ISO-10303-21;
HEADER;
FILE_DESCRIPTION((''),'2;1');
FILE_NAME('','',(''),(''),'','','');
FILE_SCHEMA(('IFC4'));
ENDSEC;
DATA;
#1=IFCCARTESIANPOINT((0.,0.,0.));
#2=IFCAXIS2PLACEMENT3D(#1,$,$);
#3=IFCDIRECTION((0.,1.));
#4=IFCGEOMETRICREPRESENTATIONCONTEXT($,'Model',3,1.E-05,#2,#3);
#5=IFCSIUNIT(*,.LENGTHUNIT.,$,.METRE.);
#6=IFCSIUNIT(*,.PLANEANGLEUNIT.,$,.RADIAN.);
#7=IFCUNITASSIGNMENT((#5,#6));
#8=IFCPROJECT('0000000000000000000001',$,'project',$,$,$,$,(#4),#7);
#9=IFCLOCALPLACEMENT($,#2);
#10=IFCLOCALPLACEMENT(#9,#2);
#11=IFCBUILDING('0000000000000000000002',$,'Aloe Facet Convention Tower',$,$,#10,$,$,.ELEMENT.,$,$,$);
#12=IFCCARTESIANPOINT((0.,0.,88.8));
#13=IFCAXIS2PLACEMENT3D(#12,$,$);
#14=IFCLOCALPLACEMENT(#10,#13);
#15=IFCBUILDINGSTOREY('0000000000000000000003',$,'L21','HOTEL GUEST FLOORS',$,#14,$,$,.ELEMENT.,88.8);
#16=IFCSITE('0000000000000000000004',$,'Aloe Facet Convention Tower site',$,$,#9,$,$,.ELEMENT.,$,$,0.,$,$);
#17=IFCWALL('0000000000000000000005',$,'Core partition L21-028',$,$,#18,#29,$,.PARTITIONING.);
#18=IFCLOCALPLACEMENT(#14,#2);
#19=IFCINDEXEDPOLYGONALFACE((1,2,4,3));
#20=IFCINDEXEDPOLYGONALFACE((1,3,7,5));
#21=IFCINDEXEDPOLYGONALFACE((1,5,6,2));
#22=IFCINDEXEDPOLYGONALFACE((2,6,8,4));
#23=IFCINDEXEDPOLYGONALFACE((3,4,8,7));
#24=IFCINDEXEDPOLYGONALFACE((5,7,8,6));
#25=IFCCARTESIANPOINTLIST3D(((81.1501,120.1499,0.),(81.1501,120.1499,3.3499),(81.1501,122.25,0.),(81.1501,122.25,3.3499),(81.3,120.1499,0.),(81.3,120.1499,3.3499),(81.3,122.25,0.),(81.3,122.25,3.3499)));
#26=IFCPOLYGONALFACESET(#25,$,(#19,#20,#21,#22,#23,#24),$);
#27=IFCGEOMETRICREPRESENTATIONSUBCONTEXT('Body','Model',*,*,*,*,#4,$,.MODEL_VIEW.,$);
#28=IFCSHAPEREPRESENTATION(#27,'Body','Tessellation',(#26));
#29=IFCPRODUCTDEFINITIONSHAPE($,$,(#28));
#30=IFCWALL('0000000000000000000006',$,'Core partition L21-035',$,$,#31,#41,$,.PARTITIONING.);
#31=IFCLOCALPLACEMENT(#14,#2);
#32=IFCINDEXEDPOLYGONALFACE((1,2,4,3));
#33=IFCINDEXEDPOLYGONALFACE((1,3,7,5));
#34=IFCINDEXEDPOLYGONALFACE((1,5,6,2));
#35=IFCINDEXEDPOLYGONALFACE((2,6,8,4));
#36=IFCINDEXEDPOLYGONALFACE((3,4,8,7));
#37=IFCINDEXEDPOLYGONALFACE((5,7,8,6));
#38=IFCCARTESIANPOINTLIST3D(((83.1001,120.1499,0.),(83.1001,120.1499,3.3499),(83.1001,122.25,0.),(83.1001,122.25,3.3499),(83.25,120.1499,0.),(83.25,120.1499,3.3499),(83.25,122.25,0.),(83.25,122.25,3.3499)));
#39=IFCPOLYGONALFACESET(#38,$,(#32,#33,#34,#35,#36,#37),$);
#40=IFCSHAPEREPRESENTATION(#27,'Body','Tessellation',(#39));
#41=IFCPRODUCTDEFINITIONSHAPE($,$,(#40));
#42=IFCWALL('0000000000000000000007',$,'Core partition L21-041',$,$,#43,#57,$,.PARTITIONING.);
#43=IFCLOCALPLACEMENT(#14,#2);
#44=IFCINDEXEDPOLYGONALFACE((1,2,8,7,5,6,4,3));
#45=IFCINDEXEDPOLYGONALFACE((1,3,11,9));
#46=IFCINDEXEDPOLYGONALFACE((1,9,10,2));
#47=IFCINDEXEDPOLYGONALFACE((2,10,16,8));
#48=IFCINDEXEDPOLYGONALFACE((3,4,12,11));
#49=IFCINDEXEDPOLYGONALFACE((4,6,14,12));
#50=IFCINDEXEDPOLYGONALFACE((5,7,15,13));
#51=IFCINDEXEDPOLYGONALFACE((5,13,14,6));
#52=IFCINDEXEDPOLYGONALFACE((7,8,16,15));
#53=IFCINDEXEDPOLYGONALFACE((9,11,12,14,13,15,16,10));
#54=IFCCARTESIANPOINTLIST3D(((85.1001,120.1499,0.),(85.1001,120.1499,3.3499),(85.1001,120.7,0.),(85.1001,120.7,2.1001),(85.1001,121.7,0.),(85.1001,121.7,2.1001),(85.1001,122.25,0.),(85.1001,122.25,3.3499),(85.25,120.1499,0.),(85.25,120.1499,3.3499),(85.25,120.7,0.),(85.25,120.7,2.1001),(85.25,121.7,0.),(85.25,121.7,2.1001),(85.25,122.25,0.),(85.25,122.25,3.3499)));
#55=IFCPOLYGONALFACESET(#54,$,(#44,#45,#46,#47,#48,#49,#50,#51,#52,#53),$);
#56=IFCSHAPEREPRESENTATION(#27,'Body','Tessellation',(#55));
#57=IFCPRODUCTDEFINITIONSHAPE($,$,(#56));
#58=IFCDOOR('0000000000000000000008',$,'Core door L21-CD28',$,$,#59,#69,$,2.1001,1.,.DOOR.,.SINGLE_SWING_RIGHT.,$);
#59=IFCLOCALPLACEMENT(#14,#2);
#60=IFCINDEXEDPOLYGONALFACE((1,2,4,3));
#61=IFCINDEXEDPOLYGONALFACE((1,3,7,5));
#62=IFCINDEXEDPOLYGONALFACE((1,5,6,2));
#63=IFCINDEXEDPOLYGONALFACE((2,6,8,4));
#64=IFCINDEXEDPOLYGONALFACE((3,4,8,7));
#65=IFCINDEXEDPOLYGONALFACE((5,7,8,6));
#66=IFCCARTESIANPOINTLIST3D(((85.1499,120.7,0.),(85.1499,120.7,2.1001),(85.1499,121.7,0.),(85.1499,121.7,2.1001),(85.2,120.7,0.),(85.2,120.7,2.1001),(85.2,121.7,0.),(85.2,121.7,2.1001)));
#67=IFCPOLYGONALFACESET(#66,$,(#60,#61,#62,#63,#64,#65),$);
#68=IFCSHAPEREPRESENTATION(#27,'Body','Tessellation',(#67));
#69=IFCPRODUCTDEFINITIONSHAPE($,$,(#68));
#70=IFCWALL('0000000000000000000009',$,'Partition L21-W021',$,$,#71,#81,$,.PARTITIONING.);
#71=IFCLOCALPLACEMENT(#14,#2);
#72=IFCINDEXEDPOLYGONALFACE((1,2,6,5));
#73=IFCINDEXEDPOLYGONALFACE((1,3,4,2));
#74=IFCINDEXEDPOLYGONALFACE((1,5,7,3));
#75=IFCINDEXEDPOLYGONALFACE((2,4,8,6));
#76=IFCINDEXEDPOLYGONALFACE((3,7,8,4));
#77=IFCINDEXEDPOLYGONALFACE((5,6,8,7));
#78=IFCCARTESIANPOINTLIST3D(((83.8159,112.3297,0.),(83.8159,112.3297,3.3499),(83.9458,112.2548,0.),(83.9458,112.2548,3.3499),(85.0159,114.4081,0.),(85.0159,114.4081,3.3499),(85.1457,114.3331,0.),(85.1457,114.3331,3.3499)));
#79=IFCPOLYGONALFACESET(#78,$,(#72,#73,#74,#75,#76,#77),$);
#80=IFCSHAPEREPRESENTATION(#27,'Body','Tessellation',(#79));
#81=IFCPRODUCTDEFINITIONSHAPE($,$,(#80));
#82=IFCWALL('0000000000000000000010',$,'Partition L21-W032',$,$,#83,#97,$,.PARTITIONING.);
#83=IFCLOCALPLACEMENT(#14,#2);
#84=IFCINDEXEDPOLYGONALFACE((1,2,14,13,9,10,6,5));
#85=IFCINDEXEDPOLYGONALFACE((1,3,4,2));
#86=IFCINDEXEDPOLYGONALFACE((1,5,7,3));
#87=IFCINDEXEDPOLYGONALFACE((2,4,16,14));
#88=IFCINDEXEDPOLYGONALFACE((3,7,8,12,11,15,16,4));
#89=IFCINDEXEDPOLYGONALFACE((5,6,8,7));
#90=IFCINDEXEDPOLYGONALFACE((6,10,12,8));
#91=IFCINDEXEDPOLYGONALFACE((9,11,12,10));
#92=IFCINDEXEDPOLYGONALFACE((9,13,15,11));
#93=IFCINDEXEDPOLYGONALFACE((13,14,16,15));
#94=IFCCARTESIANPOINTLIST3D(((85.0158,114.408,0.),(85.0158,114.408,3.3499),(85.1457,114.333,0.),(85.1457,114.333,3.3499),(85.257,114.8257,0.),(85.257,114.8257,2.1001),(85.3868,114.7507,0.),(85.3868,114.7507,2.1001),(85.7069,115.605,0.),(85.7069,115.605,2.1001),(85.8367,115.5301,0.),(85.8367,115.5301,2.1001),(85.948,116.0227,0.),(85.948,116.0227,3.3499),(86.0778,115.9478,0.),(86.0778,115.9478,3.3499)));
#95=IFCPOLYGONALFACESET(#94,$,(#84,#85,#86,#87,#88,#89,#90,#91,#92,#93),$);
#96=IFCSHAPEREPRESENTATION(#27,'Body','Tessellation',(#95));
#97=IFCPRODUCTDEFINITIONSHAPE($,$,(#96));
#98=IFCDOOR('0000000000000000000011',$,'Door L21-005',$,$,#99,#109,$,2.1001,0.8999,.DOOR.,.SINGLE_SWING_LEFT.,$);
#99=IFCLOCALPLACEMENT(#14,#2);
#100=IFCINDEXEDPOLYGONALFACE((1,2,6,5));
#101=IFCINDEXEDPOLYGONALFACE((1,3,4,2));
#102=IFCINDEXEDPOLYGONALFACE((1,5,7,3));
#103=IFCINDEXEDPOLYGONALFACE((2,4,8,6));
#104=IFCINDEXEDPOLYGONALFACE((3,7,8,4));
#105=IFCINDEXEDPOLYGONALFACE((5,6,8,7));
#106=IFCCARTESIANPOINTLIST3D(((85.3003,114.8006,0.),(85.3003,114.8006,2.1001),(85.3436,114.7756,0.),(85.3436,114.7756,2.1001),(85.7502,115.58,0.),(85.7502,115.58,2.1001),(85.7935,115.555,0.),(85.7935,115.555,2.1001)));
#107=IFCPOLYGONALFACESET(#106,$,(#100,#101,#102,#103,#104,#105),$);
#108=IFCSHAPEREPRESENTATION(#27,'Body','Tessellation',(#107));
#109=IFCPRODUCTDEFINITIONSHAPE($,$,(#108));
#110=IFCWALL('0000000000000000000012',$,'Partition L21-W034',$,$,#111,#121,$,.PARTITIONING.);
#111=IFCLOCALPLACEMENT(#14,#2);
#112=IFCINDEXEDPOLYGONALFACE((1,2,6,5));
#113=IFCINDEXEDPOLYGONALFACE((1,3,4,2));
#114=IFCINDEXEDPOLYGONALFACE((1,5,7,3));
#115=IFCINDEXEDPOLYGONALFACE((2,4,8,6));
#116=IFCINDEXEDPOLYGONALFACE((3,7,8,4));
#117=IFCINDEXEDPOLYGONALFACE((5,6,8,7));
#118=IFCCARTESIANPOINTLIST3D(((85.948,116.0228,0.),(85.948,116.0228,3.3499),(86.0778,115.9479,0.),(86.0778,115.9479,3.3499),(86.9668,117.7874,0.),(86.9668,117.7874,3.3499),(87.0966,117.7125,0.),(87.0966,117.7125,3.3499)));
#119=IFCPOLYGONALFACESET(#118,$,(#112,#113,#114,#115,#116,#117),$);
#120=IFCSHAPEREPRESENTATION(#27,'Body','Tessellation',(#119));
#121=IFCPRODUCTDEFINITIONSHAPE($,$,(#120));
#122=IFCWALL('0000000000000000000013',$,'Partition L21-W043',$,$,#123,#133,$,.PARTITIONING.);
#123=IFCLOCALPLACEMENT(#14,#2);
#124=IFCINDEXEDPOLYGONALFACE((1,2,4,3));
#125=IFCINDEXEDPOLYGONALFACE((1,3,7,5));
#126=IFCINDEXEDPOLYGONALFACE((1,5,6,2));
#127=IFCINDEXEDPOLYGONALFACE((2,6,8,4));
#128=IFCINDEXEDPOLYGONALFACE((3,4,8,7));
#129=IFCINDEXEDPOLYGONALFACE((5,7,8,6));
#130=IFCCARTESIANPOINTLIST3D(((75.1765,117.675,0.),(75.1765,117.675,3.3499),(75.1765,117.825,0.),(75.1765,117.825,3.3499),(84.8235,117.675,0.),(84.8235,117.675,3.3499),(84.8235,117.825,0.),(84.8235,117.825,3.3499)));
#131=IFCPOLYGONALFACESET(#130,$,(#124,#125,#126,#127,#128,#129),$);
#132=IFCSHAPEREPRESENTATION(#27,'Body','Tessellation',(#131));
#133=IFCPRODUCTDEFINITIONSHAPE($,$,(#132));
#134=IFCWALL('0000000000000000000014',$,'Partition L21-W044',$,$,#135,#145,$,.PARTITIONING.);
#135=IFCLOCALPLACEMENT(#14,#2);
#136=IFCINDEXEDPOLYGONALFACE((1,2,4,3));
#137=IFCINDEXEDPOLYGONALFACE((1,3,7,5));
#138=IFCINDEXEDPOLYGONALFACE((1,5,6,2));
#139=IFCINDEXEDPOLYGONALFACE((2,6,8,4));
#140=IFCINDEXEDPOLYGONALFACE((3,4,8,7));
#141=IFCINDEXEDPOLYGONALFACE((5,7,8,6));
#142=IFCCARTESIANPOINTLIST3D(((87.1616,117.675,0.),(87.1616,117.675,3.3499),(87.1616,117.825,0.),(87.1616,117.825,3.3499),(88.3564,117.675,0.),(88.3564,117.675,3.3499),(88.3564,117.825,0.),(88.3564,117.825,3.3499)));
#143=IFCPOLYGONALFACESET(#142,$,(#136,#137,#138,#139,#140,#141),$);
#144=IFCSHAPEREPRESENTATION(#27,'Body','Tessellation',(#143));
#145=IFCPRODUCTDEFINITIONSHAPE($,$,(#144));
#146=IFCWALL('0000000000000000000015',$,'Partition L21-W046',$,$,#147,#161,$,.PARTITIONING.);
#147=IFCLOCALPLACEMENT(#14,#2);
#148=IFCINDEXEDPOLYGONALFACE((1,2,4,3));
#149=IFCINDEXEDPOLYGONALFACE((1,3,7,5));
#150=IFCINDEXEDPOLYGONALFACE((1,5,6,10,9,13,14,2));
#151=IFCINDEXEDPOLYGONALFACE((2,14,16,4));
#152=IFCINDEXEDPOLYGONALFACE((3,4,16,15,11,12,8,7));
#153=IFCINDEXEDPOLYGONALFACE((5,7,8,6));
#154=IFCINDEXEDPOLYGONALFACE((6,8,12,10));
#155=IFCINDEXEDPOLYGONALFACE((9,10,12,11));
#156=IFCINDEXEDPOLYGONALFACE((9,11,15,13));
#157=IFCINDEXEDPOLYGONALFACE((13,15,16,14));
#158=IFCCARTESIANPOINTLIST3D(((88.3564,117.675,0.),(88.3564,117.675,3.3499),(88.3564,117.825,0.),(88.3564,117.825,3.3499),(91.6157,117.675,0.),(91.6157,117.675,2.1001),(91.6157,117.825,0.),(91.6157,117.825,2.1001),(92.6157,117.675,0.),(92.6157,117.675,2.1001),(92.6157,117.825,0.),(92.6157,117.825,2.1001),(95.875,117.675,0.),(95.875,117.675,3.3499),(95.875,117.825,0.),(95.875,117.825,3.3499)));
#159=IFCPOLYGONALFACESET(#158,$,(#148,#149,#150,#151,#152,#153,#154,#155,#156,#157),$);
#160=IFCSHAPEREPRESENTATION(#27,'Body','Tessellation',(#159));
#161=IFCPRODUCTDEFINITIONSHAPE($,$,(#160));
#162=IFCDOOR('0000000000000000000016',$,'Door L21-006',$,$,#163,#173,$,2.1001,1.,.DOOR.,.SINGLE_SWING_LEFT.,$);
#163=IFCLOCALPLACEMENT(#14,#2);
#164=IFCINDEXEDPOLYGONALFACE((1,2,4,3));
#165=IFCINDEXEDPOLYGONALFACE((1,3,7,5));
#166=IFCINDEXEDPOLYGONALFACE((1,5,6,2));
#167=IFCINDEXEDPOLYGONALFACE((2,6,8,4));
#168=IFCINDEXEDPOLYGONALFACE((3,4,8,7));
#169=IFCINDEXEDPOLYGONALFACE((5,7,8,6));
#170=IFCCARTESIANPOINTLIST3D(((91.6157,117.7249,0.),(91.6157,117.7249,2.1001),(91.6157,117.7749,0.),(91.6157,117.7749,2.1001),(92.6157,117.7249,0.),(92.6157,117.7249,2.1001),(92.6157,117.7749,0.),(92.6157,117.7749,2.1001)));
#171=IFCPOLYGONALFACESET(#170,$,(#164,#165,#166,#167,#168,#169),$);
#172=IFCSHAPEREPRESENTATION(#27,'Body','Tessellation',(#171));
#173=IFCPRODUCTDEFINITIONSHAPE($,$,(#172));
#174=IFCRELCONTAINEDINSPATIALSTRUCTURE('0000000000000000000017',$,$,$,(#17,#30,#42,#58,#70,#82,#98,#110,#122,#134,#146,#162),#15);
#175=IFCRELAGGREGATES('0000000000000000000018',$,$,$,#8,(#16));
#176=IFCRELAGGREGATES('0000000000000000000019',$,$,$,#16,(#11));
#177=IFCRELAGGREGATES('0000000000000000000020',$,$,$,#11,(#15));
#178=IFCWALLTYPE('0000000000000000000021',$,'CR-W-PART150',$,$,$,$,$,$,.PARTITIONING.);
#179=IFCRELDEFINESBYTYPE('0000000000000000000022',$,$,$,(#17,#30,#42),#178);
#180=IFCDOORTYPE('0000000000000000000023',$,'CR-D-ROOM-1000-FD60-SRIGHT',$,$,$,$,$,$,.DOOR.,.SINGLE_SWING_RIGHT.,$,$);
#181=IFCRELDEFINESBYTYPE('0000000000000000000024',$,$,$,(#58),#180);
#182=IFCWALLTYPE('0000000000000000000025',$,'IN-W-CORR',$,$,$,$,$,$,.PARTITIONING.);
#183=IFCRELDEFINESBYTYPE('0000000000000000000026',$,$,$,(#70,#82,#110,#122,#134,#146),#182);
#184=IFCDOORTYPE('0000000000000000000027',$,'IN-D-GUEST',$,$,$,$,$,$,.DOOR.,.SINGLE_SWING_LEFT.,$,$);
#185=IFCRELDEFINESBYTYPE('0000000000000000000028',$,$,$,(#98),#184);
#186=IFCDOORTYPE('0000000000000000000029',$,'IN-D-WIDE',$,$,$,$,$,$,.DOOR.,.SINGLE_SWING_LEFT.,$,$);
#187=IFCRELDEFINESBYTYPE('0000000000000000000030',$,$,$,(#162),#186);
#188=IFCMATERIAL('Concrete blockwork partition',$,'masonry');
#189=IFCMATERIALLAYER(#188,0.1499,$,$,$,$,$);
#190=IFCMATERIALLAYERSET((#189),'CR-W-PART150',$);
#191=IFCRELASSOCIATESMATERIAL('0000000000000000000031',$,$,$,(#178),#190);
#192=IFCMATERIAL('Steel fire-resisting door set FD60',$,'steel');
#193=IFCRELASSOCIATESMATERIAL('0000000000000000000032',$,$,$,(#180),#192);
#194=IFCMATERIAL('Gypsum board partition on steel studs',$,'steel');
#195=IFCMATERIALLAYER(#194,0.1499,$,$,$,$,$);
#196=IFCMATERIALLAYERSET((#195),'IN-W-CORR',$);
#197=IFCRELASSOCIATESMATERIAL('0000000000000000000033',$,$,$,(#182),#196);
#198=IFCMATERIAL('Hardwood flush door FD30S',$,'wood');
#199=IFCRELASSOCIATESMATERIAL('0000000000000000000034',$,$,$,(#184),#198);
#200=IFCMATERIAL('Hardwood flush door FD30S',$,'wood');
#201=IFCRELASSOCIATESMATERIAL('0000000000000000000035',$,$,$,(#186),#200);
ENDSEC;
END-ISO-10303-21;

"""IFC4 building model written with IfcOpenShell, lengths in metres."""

from ifc_helpers import new_model, si_unit, direction, frame, frame_2d, origin, place, context, subcontext, project, spatial, rectangle, extrude, material, layer, layer_set, type_object, element, fill, save


model = new_model("IFC4")

# Units and contexts
model_context = context("Model", 3, precision=1e-05, world=origin(), true_north=direction((0.0, 1.0)))
body_context = subcontext(model_context, "Body", "Model", "MODEL_VIEW")
ifc_project = project(units=[si_unit("LENGTHUNIT", "METRE"), si_unit("PLANEANGLEUNIT", "RADIAN")], contexts=[model_context])

# Site, building, storey
site_placement = place(None, origin())
site = spatial("IfcSite", under=ifc_project, at=site_placement, Name="Aloe Facet Convention Tower site", CompositionType="ELEMENT", RefElevation=0.0)
building_placement = place(site_placement, origin())
building = spatial("IfcBuilding", under=site, at=building_placement, Name="Aloe Facet Convention Tower", CompositionType="ELEMENT")
storey_placement = place(building_placement, frame((0.0, 0.0, 88.8)))
storey = spatial("IfcBuildingStorey", under=building, at=storey_placement, Name="L21", Description="HOTEL GUEST FLOORS", CompositionType="ELEMENT", Elevation=88.8)

# Walls
ifc_material_1 = material(Name="Concrete blockwork partition", Category="masonry")
ifc_layer_1 = layer(ifc_material_1, 0.1499)
ifc_layer_set_1 = layer_set([ifc_layer_1], Name="CR-W-PART150")
wall_type_1 = type_object("IfcWallType", Name="CR-W-PART150", PredefinedType="PARTITIONING", material=ifc_layer_set_1)
for number, where, z_axis, x_axis, name in (
    (1, (81.2251, 122.25, 0.0), (0.0, 0.0, 1.0), (0.0, -1.0, 0.0), "Core partition L21-028"),
    (2, (83.175, 122.25, 0.0), (0.0, 0.0, 1.0), (0.0, -1.0, 0.0), "Core partition L21-035"),
):
    element("IfcWall", number, at=place(storey_placement, frame(where, z_axis=z_axis, x_axis=x_axis)), inside=storey, type_object=wall_type_1, Name=name, PredefinedType="PARTITIONING", context=body_context, shape_type="SweptSolid", body=[
        extrude(rectangle(XDim=2.1001, YDim=0.1499, at=frame_2d((1.05, 0.0))), origin(), (0.0, 0.0, 1.0), 3.3499),
    ])

# Wall, opening, door
wall_1_placement = place(storey_placement, frame((85.175, 122.25, 0.0), z_axis=(0.0, 0.0, 1.0), x_axis=(0.0, -1.0, 0.0)))
wall_1 = element("IfcWall", 3, at=wall_1_placement, inside=storey, type_object=wall_type_1, Name="Core partition L21-041", PredefinedType="PARTITIONING", context=body_context, shape_type="SweptSolid", body=[
    extrude(rectangle(XDim=2.1001, YDim=0.1499, at=frame_2d((1.05, 0.0))), origin(), (0.0, 0.0, 1.0), 3.3499),
])
opening_1_placement = place(wall_1_placement, frame((0.55, 0.0, 0.0)))
opening_1 = element("IfcOpeningElement", 4, at=opening_1_placement, cuts=wall_1, PredefinedType="OPENING", context=body_context, shape_type="SweptSolid", body=[
    extrude(rectangle(XDim=1.0, YDim=2.1001, at=frame_2d((0.5, 1.05))), frame((0.0, 0.085, 0.0), z_axis=(0.0, -1.0, 0.0), x_axis=(1.0, 0.0, 0.0)), (0.0, 0.0, 1.0), 0.1699),
])
ifc_material_2 = material(Name="Steel fire-resisting door set FD60", Category="steel")
door_type_1 = type_object("IfcDoorType", Name="CR-D-ROOM-1000-FD60-SRIGHT", OperationType="SINGLE_SWING_RIGHT", PredefinedType="DOOR", material=ifc_material_2)
door_1_placement = place(opening_1_placement, origin())
door_1 = element("IfcDoor", 5, at=door_1_placement, inside=storey, type_object=door_type_1, Name="Core door L21-CD28", OperationType="SINGLE_SWING_RIGHT", OverallHeight=2.1001, OverallWidth=1.0, PredefinedType="DOOR", context=body_context, shape_type="SweptSolid", body=[
    extrude(rectangle(XDim=1.0, YDim=2.1001, at=frame_2d((0.5, 1.05))), frame((0.0, 0.0249, 0.0), z_axis=(0.0, -1.0, 0.0), x_axis=(1.0, 0.0, 0.0)), (0.0, 0.0, 1.0), 0.05),
])
fill(opening_1, door_1)

# Wall
ifc_material_3 = material(Name="Gypsum board partition on steel studs", Category="steel")
ifc_layer_2 = layer(ifc_material_3, 0.1499)
ifc_layer_set_2 = layer_set([ifc_layer_2], Name="IN-W-CORR")
wall_type_2 = type_object("IfcWallType", Name="IN-W-CORR", PredefinedType="PARTITIONING", material=ifc_layer_set_2)
wall_2_placement = place(storey_placement, frame((83.8809, 112.2922, 0.0), z_axis=(0.0, 0.0, 1.0), x_axis=(0.500001, 0.866025, 0.0)))
element("IfcWall", 6, at=wall_2_placement, inside=storey, type_object=wall_type_2, Name="Partition L21-W021", PredefinedType="PARTITIONING", context=body_context, shape_type="SweptSolid", body=[
    extrude(rectangle(XDim=2.3999, YDim=0.1499, at=frame_2d((1.2, 0.0))), origin(), (0.0, 0.0, 1.0), 3.3499),
])

# Wall, opening, door
wall_3_placement = place(storey_placement, frame((85.0808, 114.3706, 0.0), z_axis=(0.0, 0.0, 1.0), x_axis=(0.499942, 0.866059, 0.0)))
wall_3 = element("IfcWall", 7, at=wall_3_placement, inside=storey, type_object=wall_type_2, Name="Partition L21-W032", PredefinedType="PARTITIONING", context=body_context, shape_type="SweptSolid", body=[
    extrude(rectangle(XDim=1.8645, YDim=0.1499, at=frame_2d((0.9321, 0.0))), origin(), (0.0, 0.0, 1.0), 3.3499),
])
opening_2_placement = place(wall_3_placement, frame((0.4822, 0.0, 0.0)))
opening_2 = element("IfcOpeningElement", 8, at=opening_2_placement, cuts=wall_3, PredefinedType="OPENING", context=body_context, shape_type="SweptSolid", body=[
    extrude(rectangle(XDim=0.8999, YDim=2.1001, at=frame_2d((0.45, 1.05))), frame((0.0, 0.085, 0.0), z_axis=(0.0, -1.0, 0.0), x_axis=(1.0, 0.0, 0.0)), (0.0, 0.0, 1.0), 0.1699),
])
ifc_material_4 = material(Name="Hardwood flush door FD30S", Category="wood")
door_type_2 = type_object("IfcDoorType", Name="IN-D-GUEST", OperationType="SINGLE_SWING_LEFT", PredefinedType="DOOR", material=ifc_material_4)
door_2_placement = place(opening_2_placement, origin())
door_2 = element("IfcDoor", 9, at=door_2_placement, inside=storey, type_object=door_type_2, Name="Door L21-005", OperationType="SINGLE_SWING_LEFT", OverallHeight=2.1001, OverallWidth=0.8999, PredefinedType="DOOR", context=body_context, shape_type="SweptSolid", body=[
    extrude(rectangle(XDim=0.8999, YDim=2.1001, at=frame_2d((0.45, 1.05))), frame((0.0, 0.0249, 0.0), z_axis=(0.0, -1.0, 0.0), x_axis=(1.0, 0.0, 0.0)), (0.0, 0.0, 1.0), 0.05),
])
fill(opening_2, door_2)

# Walls
wall_4_placement = place(storey_placement, frame((86.0129, 115.9854, 0.0), z_axis=(0.0, 0.0, 1.0), x_axis=(0.499992, 0.86603, 0.0)))
element("IfcWall", 10, at=wall_4_placement, inside=storey, type_object=wall_type_2, Name="Partition L21-W034", PredefinedType="PARTITIONING", context=body_context, shape_type="SweptSolid", body=[
    extrude(rectangle(XDim=2.0376, YDim=0.1499, at=frame_2d((1.0188, 0.0))), origin(), (0.0, 0.0, 1.0), 3.3499),
])
wall_5_placement = place(storey_placement, frame((75.1765, 117.75, 0.0), z_axis=(0.0, 0.0, 1.0), x_axis=(1.0, 0.0, 0.0)))
element("IfcWall", 11, at=wall_5_placement, inside=storey, type_object=wall_type_2, Name="Partition L21-W043", PredefinedType="PARTITIONING", context=body_context, shape_type="SweptSolid", body=[
    extrude(rectangle(XDim=9.647, YDim=0.1499, at=frame_2d((4.8235, 0.0))), origin(), (0.0, 0.0, 1.0), 3.3499),
])
wall_6_placement = place(storey_placement, frame((87.1616, 117.75, 0.0), z_axis=(0.0, 0.0, 1.0), x_axis=(1.0, 0.0, 0.0)))
element("IfcWall", 12, at=wall_6_placement, inside=storey, type_object=wall_type_2, Name="Partition L21-W044", PredefinedType="PARTITIONING", context=body_context, shape_type="SweptSolid", body=[
    extrude(rectangle(XDim=1.1948, YDim=0.1499, at=frame_2d((0.5974, 0.0))), origin(), (0.0, 0.0, 1.0), 3.3499),
])

# Wall, opening, door
wall_7_placement = place(storey_placement, frame((88.3564, 117.75, 0.0), z_axis=(0.0, 0.0, 1.0), x_axis=(1.0, 0.0, 0.0)))
wall_7 = element("IfcWall", 13, at=wall_7_placement, inside=storey, type_object=wall_type_2, Name="Partition L21-W046", PredefinedType="PARTITIONING", context=body_context, shape_type="SweptSolid", body=[
    extrude(rectangle(XDim=7.5186, YDim=0.1499, at=frame_2d((3.7593, 0.0))), origin(), (0.0, 0.0, 1.0), 3.3499),
])
opening_3_placement = place(wall_7_placement, frame((3.2593, 0.0, 0.0)))
opening_3 = element("IfcOpeningElement", 14, at=opening_3_placement, cuts=wall_7, PredefinedType="OPENING", context=body_context, shape_type="SweptSolid", body=[
    extrude(rectangle(XDim=1.0, YDim=2.1001, at=frame_2d((0.5, 1.05))), frame((0.0, 0.085, 0.0), z_axis=(0.0, -1.0, 0.0), x_axis=(1.0, 0.0, 0.0)), (0.0, 0.0, 1.0), 0.1699),
])
ifc_material_5 = material(Name="Hardwood flush door FD30S", Category="wood")
door_type_3 = type_object("IfcDoorType", Name="IN-D-WIDE", OperationType="SINGLE_SWING_LEFT", PredefinedType="DOOR", material=ifc_material_5)
door_3_placement = place(opening_3_placement, origin())
door_3 = element("IfcDoor", 15, at=door_3_placement, inside=storey, type_object=door_type_3, Name="Door L21-006", OperationType="SINGLE_SWING_LEFT", OverallHeight=2.1001, OverallWidth=1.0, PredefinedType="DOOR", context=body_context, shape_type="SweptSolid", body=[
    extrude(rectangle(XDim=1.0, YDim=2.1001, at=frame_2d((0.5, 1.05))), frame((0.0, 0.0249, 0.0), z_axis=(0.0, -1.0, 0.0), x_axis=(1.0, 0.0, 0.0)), (0.0, 0.0, 1.0), 0.05),
])
fill(opening_3, door_3)

save(model, "model.ifc")
